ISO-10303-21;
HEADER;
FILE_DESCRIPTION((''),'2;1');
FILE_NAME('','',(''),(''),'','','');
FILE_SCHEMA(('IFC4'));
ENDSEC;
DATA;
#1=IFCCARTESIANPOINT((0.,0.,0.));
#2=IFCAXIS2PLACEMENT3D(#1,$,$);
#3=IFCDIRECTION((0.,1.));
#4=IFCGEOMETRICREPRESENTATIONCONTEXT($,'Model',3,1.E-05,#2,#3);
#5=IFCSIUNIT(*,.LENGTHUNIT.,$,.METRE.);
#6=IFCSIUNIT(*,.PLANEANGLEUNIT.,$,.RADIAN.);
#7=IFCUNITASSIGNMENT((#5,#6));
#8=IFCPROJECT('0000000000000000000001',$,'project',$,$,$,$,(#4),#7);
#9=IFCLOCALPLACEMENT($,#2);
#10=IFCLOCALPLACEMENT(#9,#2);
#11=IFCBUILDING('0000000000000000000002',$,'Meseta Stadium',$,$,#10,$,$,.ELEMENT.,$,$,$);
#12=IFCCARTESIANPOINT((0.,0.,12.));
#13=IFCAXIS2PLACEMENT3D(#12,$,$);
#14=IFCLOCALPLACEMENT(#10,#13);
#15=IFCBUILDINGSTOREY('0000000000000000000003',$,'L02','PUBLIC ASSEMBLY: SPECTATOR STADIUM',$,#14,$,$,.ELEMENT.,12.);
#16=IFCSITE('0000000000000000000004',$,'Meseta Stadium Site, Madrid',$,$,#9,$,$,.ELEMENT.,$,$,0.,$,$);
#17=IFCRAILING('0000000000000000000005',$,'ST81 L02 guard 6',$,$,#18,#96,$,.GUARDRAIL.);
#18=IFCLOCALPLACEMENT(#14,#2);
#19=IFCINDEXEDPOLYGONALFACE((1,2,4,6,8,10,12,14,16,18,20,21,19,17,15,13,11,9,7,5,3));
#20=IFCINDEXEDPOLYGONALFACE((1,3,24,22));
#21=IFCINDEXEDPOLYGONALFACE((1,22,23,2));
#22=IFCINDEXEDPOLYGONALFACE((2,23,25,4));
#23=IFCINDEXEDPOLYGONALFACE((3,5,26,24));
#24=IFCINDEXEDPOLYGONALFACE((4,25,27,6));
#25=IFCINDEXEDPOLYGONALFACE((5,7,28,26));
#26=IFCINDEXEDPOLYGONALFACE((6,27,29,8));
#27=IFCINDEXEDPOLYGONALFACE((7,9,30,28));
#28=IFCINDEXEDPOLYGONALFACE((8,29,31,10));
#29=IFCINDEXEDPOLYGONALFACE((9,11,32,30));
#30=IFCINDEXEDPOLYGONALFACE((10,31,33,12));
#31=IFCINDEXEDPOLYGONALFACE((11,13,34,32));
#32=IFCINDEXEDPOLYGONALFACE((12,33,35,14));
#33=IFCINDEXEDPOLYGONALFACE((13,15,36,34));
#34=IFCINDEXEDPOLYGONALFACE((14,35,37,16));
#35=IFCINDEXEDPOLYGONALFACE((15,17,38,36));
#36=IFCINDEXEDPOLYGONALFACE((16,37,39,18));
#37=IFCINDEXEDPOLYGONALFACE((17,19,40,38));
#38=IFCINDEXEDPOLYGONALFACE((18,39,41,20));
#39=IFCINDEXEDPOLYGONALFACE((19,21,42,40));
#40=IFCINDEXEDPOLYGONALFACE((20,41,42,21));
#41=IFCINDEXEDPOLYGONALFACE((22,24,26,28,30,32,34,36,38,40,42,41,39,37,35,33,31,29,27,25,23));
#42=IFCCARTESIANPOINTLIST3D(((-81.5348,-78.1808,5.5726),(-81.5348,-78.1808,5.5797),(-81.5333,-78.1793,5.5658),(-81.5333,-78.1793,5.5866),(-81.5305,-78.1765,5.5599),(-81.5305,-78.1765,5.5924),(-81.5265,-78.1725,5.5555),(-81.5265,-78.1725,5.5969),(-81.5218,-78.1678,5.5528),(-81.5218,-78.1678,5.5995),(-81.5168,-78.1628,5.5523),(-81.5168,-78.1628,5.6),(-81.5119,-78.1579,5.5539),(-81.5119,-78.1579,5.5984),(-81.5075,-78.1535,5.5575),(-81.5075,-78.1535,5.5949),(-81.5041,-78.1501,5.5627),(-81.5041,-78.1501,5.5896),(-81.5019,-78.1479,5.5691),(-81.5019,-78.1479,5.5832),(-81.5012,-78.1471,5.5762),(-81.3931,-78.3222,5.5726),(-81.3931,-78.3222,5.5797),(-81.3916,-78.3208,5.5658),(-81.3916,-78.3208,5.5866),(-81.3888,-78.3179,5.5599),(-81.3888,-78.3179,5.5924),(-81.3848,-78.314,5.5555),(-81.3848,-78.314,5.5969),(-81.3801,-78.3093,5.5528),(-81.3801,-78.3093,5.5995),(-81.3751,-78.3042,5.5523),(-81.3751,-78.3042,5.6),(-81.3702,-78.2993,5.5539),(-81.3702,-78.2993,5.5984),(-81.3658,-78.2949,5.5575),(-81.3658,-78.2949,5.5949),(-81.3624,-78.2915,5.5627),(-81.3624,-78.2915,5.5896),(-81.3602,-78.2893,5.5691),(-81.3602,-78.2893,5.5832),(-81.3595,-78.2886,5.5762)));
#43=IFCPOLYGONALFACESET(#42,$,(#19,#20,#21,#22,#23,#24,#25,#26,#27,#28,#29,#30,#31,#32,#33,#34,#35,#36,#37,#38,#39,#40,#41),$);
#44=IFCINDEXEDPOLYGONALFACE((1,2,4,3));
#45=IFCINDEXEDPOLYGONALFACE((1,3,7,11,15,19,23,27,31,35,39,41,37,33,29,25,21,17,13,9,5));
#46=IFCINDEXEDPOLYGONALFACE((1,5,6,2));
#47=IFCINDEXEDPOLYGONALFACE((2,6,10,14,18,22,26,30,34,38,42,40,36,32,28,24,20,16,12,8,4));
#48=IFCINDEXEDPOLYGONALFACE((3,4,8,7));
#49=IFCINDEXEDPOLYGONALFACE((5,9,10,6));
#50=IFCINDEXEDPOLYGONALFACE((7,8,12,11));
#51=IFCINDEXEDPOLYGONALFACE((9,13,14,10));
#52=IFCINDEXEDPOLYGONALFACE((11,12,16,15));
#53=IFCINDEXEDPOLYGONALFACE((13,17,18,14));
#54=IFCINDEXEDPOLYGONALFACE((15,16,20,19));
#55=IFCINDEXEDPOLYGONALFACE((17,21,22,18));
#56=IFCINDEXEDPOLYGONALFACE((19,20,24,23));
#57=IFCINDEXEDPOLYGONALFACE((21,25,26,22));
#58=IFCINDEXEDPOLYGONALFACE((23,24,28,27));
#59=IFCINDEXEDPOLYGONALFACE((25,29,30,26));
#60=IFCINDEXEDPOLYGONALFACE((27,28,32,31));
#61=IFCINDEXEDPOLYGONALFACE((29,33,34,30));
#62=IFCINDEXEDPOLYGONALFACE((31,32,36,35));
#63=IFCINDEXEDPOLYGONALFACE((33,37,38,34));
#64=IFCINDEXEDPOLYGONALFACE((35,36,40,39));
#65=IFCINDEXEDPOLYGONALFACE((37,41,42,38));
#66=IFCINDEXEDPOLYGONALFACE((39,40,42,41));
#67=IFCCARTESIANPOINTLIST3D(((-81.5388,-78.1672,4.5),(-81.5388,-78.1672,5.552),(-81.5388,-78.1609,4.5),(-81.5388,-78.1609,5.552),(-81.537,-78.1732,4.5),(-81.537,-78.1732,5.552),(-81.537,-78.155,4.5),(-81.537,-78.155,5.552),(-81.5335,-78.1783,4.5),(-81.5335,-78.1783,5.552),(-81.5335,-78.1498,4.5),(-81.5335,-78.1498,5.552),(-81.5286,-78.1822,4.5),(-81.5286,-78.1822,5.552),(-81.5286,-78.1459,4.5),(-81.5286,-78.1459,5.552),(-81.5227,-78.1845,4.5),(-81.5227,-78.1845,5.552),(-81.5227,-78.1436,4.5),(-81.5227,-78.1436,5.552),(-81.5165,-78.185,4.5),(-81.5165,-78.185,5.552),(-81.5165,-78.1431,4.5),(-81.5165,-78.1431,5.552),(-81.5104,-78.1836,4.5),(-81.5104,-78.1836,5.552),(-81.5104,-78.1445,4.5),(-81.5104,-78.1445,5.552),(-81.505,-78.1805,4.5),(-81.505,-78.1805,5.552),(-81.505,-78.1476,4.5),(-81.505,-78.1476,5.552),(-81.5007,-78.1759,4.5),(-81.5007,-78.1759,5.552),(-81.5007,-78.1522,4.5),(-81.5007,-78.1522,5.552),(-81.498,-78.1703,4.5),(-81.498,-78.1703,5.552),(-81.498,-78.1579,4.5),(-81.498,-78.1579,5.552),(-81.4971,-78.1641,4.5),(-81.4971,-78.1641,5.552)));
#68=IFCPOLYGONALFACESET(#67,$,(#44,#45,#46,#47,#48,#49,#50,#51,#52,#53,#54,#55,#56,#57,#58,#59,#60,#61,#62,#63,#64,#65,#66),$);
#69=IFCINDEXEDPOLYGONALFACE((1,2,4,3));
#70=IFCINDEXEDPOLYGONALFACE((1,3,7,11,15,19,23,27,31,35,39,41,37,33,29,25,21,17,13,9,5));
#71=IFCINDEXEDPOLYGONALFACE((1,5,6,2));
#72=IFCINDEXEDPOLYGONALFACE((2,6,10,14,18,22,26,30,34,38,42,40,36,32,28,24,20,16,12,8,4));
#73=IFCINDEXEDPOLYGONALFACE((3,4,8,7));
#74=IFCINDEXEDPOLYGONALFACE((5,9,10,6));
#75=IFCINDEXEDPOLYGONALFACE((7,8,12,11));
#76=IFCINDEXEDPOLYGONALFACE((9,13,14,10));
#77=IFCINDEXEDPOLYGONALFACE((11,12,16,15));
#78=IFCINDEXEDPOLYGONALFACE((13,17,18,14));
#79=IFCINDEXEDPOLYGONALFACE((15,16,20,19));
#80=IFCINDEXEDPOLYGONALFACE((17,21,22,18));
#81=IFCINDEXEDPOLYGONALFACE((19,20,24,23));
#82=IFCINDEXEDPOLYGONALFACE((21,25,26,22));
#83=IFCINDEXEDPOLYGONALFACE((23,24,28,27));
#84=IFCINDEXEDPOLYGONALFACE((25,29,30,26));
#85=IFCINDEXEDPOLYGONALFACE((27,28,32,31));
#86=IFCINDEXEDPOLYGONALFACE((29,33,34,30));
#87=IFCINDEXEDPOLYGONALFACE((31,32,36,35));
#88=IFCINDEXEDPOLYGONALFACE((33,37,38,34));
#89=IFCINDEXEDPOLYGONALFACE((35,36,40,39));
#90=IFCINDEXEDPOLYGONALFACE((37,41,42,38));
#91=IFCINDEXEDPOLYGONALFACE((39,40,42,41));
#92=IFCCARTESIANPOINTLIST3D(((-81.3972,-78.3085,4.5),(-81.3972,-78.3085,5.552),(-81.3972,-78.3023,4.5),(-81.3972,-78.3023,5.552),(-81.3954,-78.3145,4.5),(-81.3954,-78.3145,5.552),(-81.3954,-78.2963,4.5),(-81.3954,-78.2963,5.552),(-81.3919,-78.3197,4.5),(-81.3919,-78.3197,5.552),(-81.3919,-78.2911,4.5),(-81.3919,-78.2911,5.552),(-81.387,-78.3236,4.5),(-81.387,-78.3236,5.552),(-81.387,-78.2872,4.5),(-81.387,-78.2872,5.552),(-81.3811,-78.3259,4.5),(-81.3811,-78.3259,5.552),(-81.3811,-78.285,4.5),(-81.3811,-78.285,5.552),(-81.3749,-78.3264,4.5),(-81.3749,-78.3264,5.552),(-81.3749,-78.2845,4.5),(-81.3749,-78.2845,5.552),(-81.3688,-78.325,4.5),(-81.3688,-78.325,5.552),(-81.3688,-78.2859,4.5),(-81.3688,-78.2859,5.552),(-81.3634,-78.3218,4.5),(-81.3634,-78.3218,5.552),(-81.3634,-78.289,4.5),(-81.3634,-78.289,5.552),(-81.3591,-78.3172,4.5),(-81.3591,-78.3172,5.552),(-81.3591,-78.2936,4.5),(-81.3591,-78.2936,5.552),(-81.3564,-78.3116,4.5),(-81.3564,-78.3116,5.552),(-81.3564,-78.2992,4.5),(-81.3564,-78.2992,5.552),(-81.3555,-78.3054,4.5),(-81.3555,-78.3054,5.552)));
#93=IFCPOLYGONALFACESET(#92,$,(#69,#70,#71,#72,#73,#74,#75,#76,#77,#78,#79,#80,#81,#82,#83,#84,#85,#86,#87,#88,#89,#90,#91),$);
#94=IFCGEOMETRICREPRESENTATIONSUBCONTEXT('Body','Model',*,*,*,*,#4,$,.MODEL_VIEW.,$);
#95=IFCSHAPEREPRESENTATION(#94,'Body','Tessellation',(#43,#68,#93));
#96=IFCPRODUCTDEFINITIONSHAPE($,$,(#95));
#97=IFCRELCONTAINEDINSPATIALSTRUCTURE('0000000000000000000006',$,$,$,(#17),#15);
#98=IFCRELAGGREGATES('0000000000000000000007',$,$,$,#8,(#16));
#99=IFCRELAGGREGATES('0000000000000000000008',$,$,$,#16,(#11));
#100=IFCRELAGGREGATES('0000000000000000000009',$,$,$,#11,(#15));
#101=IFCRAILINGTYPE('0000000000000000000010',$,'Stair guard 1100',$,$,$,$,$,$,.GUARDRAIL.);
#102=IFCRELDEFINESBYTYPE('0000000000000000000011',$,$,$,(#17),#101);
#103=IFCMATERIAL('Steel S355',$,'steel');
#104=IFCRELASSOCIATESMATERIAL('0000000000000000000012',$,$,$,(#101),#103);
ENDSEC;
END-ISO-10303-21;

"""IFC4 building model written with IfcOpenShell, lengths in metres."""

from ifc_helpers import new_model, si_unit, direction, frame, origin, origin_2d, place, context, subcontext, project, spatial, circle, extrude, material, type_object, element, save


model = new_model("IFC4")

# Units and contexts
model_context = context("Model", 3, precision=1e-05, world=origin(), true_north=direction((0.0, 1.0)))
body_context = subcontext(model_context, "Body", "Model", "MODEL_VIEW")
ifc_project = project(units=[si_unit("LENGTHUNIT", "METRE"), si_unit("PLANEANGLEUNIT", "RADIAN")], contexts=[model_context])

# Site, building, storey
site_placement = place(None, origin())
site = spatial("IfcSite", under=ifc_project, at=site_placement, Name="Meseta Stadium Site, Madrid", CompositionType="ELEMENT", RefElevation=0.0)
building_placement = place(site_placement, origin())
building = spatial("IfcBuilding", under=site, at=building_placement, Name="Meseta Stadium", CompositionType="ELEMENT")
storey_placement = place(building_placement, frame((0.0, 0.0, 12.0)))
storey = spatial("IfcBuildingStorey", under=building, at=storey_placement, Name="L02", Description="PUBLIC ASSEMBLY: SPECTATOR STADIUM", CompositionType="ELEMENT", Elevation=12.0)

# Railing
ifc_material_1 = material(Name="Steel S355", Category="steel")
railing_type_1 = type_object("IfcRailingType", Name="Stair guard 1100", PredefinedType="GUARDRAIL", material=ifc_material_1)
railing_1_placement = place(storey_placement, frame((-81.5181, -78.1641, 4.5)))
element("IfcRailing", 1, at=railing_1_placement, inside=storey, type_object=railing_type_1, Name="ST81 L02 guard 6", PredefinedType="GUARDRAIL", context=body_context, shape_type="SweptSolid", body=[
    extrude(circle(Radius=0.0239, at=origin_2d()), frame((0.0, 0.0, 1.0762), z_axis=(0.707717, -0.706496, 0.0), x_axis=(0.706496, 0.707717, 0.0)), (0.0, 0.0, 1.0), 0.2002),
    extrude(circle(Radius=0.021, at=origin_2d()), origin(), (0.0, 0.0, 1.0), 1.052),
    extrude(circle(Radius=0.021, at=origin_2d()), frame((0.1416, -0.1414, 0.0)), (0.0, 0.0, 1.0), 1.052),
])

save(model, "model.ifc")
